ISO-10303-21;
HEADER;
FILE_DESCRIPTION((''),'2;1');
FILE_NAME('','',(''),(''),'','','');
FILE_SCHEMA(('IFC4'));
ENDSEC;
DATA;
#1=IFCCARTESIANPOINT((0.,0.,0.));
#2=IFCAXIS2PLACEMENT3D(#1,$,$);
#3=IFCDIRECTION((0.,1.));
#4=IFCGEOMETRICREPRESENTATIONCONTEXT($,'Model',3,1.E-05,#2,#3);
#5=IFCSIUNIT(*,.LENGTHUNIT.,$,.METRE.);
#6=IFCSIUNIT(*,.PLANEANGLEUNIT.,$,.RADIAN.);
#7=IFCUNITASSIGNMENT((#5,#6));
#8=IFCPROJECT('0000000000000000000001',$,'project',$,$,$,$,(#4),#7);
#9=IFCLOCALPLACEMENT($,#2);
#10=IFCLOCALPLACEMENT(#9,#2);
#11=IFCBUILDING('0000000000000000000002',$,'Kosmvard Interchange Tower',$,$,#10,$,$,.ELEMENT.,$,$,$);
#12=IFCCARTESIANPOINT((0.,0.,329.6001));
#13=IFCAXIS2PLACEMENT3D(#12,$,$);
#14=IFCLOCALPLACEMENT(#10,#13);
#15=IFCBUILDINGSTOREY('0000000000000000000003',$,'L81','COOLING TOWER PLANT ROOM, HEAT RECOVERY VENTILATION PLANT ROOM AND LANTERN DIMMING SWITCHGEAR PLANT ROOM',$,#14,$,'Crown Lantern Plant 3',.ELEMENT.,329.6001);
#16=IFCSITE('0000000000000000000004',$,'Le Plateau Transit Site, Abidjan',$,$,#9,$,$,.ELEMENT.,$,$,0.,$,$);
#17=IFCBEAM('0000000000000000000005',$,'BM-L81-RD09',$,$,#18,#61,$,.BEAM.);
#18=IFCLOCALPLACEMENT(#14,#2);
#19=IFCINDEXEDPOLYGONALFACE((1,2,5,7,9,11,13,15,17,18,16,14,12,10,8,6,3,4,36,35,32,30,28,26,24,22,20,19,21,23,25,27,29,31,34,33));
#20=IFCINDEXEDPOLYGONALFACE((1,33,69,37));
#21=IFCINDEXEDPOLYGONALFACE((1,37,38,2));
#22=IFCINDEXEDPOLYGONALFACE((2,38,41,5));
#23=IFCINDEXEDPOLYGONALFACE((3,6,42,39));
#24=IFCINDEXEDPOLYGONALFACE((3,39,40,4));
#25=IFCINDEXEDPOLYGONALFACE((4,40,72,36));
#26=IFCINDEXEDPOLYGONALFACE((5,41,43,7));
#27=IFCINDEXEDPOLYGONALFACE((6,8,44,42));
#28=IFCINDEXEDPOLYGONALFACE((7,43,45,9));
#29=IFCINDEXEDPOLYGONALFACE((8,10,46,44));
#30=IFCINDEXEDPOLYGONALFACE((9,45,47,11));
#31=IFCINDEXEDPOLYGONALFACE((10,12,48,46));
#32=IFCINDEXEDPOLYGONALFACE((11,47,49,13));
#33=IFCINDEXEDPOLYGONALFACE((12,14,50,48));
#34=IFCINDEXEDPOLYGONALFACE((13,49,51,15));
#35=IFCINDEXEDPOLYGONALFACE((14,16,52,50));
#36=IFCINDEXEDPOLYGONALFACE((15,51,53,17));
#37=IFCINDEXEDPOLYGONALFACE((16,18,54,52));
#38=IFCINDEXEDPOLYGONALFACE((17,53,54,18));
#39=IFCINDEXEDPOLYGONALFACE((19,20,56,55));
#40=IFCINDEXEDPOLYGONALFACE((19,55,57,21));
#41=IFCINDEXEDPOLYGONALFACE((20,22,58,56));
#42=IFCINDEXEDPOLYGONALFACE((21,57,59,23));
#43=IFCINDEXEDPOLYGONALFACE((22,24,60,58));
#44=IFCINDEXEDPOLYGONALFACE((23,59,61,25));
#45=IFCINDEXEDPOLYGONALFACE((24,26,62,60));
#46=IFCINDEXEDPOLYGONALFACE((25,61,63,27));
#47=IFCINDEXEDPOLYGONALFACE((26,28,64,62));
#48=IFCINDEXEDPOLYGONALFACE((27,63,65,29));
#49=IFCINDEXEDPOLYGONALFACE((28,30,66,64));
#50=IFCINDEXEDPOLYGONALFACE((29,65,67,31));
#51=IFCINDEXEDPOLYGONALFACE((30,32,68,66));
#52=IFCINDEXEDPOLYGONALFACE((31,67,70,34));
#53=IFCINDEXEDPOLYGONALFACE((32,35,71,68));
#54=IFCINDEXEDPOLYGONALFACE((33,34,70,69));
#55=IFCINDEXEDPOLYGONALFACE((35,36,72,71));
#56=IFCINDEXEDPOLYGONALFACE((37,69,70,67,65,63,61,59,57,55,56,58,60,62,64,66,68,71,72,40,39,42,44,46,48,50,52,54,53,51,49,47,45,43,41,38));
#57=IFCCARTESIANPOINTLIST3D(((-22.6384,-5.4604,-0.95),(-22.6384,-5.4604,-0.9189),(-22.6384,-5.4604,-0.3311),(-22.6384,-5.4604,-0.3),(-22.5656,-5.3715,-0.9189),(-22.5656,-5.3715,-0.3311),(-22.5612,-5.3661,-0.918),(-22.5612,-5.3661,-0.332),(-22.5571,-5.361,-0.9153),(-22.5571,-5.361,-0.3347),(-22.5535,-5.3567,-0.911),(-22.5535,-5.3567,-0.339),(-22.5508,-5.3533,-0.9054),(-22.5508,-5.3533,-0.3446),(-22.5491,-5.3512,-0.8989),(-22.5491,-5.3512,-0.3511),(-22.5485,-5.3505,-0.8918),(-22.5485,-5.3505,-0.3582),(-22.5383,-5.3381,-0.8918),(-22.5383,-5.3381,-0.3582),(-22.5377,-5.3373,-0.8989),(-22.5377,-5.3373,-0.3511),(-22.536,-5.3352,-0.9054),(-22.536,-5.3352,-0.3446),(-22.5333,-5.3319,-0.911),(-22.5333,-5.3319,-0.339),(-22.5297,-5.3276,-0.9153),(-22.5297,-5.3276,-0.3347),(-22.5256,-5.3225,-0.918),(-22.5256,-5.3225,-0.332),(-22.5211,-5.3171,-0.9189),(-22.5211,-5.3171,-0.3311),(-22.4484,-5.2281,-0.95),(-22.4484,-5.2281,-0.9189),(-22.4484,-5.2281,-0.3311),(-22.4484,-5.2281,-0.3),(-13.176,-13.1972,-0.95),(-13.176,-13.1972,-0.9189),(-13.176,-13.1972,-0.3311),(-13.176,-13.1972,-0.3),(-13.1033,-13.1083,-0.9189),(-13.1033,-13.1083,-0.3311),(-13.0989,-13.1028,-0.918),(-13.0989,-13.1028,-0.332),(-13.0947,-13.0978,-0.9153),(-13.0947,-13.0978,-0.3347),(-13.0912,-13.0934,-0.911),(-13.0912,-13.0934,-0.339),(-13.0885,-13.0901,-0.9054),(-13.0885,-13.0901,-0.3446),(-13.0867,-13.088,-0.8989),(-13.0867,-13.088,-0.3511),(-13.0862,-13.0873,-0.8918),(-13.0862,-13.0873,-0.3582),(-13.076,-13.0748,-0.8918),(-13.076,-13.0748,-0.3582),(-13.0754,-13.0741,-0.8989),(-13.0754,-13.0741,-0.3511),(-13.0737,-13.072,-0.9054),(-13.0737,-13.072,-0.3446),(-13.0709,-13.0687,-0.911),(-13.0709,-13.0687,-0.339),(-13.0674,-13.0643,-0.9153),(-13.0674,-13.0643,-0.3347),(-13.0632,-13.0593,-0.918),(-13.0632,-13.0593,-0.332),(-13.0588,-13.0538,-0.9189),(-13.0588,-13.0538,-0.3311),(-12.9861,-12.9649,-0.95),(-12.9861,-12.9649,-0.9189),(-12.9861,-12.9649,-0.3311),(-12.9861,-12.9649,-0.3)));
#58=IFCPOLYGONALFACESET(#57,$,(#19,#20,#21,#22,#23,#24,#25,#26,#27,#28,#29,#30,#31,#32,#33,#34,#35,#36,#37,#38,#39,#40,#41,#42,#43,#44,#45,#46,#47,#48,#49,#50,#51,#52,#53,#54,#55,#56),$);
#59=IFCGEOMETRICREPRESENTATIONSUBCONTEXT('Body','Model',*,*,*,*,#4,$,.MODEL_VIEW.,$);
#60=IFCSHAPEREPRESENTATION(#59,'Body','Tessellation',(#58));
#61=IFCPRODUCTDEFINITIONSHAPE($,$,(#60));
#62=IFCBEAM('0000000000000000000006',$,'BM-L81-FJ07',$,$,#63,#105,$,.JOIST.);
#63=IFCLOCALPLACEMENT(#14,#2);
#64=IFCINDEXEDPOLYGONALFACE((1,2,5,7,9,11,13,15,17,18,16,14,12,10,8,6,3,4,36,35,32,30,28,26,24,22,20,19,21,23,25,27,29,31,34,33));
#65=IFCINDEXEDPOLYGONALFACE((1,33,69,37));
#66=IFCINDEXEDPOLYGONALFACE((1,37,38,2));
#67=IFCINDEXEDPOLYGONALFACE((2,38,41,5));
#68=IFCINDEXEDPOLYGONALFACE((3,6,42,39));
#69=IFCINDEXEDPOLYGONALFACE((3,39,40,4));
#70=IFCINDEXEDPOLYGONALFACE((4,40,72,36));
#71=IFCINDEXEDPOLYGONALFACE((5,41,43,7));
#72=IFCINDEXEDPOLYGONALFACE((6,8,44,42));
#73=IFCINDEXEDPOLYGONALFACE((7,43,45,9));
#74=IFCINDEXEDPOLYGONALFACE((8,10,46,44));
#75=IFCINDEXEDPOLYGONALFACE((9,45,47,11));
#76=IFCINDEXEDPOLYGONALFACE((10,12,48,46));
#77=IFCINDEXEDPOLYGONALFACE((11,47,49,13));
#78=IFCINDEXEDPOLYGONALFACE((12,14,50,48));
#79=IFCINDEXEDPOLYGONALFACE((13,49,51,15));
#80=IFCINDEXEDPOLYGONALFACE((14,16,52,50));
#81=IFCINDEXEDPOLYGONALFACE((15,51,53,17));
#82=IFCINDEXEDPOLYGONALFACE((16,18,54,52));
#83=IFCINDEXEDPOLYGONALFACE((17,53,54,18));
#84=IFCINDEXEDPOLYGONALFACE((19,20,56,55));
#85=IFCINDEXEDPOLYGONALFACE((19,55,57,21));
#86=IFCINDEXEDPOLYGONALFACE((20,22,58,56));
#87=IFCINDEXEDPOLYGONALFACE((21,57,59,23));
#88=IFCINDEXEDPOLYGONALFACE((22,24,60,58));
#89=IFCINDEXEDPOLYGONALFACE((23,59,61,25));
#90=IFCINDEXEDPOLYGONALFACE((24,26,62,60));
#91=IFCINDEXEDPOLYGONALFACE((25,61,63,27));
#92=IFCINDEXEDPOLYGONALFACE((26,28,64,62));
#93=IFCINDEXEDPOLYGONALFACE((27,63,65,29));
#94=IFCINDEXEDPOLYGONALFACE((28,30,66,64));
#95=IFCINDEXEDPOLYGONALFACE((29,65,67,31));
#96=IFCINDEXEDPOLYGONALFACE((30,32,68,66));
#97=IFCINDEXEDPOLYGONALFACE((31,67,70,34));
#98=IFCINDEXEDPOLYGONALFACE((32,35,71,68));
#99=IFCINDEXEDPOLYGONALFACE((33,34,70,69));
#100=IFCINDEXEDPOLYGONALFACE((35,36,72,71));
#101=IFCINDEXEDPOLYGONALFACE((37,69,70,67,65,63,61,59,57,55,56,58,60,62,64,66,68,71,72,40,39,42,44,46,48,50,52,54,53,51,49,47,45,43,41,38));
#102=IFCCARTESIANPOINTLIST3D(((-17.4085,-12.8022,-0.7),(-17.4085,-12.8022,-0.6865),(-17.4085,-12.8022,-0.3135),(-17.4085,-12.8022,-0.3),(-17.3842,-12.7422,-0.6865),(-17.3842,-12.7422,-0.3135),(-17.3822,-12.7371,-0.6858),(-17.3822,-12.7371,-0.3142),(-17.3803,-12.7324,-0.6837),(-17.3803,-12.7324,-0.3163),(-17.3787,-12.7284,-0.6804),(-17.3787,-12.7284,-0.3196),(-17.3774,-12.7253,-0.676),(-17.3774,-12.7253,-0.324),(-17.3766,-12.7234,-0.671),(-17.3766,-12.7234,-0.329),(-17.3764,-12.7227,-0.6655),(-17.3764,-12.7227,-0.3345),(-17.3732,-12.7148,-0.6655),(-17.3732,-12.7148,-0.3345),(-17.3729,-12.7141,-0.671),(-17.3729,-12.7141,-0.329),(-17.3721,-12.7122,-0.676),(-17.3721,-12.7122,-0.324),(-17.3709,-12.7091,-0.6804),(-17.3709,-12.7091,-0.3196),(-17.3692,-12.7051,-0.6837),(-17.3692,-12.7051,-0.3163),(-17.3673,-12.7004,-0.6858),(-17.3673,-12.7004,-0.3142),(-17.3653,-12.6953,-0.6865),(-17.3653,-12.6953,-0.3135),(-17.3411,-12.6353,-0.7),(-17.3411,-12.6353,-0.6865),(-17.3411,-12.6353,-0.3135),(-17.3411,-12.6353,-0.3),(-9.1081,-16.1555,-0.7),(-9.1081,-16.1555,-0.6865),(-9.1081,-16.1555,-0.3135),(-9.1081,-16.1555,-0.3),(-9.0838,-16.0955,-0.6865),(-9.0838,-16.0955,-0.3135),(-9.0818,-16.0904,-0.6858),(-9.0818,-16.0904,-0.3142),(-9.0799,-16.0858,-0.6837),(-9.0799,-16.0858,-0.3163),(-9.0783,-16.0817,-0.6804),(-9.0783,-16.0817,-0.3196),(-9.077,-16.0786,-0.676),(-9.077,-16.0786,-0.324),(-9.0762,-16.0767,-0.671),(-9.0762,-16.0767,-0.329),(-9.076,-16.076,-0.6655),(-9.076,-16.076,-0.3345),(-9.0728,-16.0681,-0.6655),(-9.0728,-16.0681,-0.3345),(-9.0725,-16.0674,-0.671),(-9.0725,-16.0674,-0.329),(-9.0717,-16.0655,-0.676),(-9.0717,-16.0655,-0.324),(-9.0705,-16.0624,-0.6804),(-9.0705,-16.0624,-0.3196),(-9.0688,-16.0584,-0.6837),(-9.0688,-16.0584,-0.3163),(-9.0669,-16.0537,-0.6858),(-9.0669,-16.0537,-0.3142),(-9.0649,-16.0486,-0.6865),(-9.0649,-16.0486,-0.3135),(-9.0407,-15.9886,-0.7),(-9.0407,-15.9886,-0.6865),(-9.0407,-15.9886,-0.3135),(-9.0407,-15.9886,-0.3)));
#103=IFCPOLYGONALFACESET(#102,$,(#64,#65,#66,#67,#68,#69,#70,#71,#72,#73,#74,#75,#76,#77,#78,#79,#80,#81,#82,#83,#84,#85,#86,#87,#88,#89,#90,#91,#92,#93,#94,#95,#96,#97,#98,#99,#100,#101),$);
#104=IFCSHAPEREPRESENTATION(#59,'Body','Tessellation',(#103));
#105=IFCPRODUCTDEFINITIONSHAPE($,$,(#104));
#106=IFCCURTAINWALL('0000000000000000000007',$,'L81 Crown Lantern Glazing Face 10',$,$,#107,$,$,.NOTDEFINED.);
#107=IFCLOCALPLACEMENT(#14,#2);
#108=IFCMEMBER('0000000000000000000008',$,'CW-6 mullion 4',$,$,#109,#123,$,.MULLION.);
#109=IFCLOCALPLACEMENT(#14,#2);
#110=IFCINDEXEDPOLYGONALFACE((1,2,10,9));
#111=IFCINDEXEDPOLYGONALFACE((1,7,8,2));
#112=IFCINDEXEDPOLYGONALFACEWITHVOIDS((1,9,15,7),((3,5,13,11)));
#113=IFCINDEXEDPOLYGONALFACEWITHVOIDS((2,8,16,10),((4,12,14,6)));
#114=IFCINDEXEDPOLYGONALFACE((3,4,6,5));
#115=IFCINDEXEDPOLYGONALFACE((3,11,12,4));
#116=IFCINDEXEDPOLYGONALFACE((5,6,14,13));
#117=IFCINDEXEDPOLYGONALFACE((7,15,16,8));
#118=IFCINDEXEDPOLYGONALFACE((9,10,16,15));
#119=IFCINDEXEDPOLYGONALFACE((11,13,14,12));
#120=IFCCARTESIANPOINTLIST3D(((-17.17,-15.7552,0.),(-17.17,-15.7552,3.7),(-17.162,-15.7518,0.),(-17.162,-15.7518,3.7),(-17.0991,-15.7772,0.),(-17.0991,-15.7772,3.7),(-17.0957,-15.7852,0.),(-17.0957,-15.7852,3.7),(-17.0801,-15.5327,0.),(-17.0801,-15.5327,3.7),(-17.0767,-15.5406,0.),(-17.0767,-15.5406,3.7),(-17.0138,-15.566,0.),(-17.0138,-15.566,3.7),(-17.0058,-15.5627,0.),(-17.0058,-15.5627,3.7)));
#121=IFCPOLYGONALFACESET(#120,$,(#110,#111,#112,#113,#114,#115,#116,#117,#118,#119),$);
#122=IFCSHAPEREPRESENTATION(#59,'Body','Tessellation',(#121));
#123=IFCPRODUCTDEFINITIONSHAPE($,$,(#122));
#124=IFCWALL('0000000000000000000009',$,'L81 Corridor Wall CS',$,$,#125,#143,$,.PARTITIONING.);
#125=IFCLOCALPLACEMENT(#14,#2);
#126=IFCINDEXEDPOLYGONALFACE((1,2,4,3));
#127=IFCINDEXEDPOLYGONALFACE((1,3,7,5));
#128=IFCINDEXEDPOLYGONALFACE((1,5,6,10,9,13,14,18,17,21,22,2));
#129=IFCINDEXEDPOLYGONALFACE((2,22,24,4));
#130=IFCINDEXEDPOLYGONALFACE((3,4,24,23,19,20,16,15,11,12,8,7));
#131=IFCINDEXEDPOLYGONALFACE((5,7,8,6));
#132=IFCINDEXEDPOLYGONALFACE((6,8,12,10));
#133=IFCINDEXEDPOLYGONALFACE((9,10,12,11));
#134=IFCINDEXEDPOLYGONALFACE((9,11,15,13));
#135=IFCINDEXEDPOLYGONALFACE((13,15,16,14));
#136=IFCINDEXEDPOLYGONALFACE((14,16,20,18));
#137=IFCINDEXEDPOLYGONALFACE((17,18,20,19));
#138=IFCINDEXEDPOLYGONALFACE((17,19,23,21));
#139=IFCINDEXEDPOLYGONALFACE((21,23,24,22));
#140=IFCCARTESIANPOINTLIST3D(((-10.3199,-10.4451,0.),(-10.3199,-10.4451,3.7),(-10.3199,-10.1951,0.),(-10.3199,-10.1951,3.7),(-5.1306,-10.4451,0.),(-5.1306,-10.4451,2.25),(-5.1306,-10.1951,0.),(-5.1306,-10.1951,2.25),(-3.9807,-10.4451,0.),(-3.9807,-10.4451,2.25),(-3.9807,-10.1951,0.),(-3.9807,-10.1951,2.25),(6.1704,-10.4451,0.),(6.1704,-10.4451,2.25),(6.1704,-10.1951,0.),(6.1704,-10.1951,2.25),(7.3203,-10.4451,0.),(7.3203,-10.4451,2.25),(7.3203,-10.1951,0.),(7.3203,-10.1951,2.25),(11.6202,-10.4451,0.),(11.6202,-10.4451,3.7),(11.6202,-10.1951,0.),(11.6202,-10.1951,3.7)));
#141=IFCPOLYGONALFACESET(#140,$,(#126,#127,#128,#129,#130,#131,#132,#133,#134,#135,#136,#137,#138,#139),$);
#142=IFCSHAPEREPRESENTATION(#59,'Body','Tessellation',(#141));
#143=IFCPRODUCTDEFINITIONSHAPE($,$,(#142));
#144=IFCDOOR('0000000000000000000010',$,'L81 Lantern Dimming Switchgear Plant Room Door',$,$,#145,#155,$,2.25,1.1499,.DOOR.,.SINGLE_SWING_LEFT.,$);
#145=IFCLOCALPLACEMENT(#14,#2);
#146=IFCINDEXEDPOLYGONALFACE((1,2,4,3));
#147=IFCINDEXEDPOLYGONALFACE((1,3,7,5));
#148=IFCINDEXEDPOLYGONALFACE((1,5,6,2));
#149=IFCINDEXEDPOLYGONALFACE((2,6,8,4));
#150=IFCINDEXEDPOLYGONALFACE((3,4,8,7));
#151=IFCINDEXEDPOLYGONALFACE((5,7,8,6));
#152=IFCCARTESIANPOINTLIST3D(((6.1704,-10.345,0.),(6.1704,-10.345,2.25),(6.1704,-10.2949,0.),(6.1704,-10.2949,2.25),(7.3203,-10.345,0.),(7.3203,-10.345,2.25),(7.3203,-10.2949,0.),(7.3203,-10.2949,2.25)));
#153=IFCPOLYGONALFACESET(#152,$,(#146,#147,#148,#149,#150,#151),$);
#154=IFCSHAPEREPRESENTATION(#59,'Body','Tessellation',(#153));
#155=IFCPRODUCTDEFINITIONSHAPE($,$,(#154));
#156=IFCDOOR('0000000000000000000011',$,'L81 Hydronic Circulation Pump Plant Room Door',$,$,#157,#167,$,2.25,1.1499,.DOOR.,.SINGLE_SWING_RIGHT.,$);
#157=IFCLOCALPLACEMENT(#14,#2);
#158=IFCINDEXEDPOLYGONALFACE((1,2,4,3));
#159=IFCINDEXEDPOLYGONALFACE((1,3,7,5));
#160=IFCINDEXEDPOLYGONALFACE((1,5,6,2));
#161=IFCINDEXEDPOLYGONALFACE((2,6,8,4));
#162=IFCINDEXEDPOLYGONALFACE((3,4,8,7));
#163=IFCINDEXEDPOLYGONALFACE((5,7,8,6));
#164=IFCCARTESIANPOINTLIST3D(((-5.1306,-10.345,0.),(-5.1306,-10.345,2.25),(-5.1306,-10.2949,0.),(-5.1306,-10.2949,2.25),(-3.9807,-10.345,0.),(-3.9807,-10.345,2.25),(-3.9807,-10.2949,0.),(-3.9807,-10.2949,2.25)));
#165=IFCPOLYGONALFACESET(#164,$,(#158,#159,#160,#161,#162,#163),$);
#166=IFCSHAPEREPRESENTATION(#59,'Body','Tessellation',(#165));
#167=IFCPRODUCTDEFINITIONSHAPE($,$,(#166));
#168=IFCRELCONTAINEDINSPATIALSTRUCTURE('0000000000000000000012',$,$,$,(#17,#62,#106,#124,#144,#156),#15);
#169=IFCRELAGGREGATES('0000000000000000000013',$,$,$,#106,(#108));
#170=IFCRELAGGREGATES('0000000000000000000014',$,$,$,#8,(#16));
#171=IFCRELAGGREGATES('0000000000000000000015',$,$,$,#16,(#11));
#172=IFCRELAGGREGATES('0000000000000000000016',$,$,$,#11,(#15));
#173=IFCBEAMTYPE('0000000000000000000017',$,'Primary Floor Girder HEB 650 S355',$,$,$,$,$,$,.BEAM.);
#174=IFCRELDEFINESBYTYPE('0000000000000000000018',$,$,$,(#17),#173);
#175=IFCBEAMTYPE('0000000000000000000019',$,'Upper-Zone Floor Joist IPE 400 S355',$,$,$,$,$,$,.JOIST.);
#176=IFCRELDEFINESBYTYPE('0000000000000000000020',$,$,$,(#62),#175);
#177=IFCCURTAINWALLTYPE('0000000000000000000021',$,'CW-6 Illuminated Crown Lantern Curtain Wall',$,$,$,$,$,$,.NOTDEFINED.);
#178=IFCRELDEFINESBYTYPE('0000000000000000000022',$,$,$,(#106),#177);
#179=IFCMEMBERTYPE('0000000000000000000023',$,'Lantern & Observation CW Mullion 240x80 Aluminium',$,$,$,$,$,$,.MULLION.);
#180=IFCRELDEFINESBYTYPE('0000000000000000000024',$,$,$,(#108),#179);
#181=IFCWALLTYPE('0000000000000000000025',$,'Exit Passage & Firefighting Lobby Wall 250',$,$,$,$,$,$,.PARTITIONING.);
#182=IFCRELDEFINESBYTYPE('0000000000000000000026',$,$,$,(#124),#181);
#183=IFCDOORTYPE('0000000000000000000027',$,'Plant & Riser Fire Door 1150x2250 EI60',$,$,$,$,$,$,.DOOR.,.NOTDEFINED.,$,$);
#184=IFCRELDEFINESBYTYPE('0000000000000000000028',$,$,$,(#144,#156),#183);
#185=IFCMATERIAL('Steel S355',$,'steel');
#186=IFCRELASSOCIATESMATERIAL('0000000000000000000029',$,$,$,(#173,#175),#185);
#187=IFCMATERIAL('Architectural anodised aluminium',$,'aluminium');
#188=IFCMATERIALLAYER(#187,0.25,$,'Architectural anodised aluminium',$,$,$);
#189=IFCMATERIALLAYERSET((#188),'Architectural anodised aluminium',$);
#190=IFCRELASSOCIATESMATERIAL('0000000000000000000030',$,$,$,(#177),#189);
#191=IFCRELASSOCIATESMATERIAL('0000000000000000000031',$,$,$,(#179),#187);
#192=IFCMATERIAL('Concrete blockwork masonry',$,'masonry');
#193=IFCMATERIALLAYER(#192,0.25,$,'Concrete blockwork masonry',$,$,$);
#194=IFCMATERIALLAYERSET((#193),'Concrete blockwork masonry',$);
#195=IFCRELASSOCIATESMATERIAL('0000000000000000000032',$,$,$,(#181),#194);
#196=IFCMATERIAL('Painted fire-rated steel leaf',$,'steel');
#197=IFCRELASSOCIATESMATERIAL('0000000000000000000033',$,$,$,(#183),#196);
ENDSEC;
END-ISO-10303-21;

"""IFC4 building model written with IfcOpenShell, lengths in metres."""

from ifc_helpers import new_model, si_unit, direction, frame, frame_2d, origin, origin_2d, place, context, subcontext, project, spatial, rectangle, hollow_rectangle, i_section, extrude, source, transform, mapped, material, layer, layer_set, material_profile, profile_set, type_object, element, fill, aggregate, save


model = new_model("IFC4")

# Units and contexts
model_context = context("Model", 3, precision=1e-05, world=origin(), true_north=direction((0.0, 1.0)))
body_context = subcontext(model_context, "Body", "Model", "MODEL_VIEW")
ifc_project = project(units=[si_unit("LENGTHUNIT", "METRE"), si_unit("PLANEANGLEUNIT", "RADIAN")], contexts=[model_context])

# Site, building, storey
site_placement = place(None, origin())
site = spatial("IfcSite", under=ifc_project, at=site_placement, Name="Le Plateau Transit Site, Abidjan", CompositionType="ELEMENT", RefElevation=0.0)
building_placement = place(site_placement, origin())
building = spatial("IfcBuilding", under=site, at=building_placement, Name="Kosmvard Interchange Tower", CompositionType="ELEMENT")
storey_placement = place(building_placement, frame((0.0, 0.0, 329.6001)))
storey = spatial("IfcBuildingStorey", under=building, at=storey_placement, Name="L81", Description="COOLING TOWER PLANT ROOM, HEAT RECOVERY VENTILATION PLANT ROOM AND LANTERN DIMMING SWITCHGEAR PLANT ROOM", LongName="Crown Lantern Plant 3", CompositionType="ELEMENT", Elevation=329.6001)

# Beams
ifc_material_1 = material(Name="Steel S355", Category="steel")
ifc_material_profile_1 = material_profile(ifc_material_1, i_section(OverallWidth=0.3, OverallDepth=0.6499, WebThickness=0.0161, FlangeThickness=0.031, FilletRadius=0.0271, at=origin_2d()), Name="HEB 650")
ifc_profile_set_1 = profile_set([ifc_material_profile_1], Name="Steel S355")
beam_type_1 = type_object("IfcBeamType", Name="Primary Floor Girder HEB 650 S355", PredefinedType="BEAM", material=ifc_profile_set_1)
shared_shape_1 = source(origin(), body_context, "Body", "SweptSolid", [
    extrude(i_section(OverallWidth=0.3, OverallDepth=0.6499, WebThickness=0.0161, FlangeThickness=0.031, FilletRadius=0.0271, at=origin_2d()), origin(), (0.0, 0.0, 1.0), 12.2227),
])
beam_1_placement = place(storey_placement, frame((-13.0811, -13.0811, -0.625), z_axis=(-0.774164, 0.632985, 0.0), x_axis=(-0.632985, -0.774164, 0.0)))
element("IfcBeam", 1, at=beam_1_placement, inside=storey, type_object=beam_type_1, Name="BM-L81-RD09", PredefinedType="BEAM", context=body_context, shape_type="MappedRepresentation", body=[
    mapped(shared_shape_1, transform((0.0, 0.0, 0.0), scale=1.0)),
])
ifc_material_profile_2 = material_profile(ifc_material_1, i_section(OverallWidth=0.1799, OverallDepth=0.3999, WebThickness=0.0085, FlangeThickness=0.0134, FilletRadius=0.021, at=origin_2d()), Name="IPE 400")
ifc_profile_set_2 = profile_set([ifc_material_profile_2], Name="Steel S355")
beam_type_2 = type_object("IfcBeamType", Name="Upper-Zone Floor Joist IPE 400 S355", PredefinedType="JOIST", material=ifc_profile_set_2)
shared_shape_2 = source(origin(), body_context, "Body", "SweptSolid", [
    extrude(i_section(OverallWidth=0.1799, OverallDepth=0.3999, WebThickness=0.0085, FlangeThickness=0.0134, FilletRadius=0.021, at=origin_2d()), origin(), (0.0, 0.0, 1.0), 8.9521),
])
beam_2_placement = place(storey_placement, frame((-17.3748, -12.7188, -0.5), z_axis=(0.927194, -0.374581, 0.0), x_axis=(0.374581, 0.927194, 0.0)))
element("IfcBeam", 2, at=beam_2_placement, inside=storey, type_object=beam_type_2, Name="BM-L81-FJ07", PredefinedType="JOIST", context=body_context, shape_type="MappedRepresentation", body=[
    mapped(shared_shape_2, transform((0.0, 0.0, 0.0), scale=1.0)),
])

# Curtain wall, member
ifc_material_2 = material(Name="Architectural anodised aluminium", Category="aluminium")
ifc_layer_1 = layer(ifc_material_2, 0.25, Name="Architectural anodised aluminium")
ifc_layer_set_1 = layer_set([ifc_layer_1], Name="Architectural anodised aluminium")
curtain_wall_type = type_object("IfcCurtainWallType", Name="CW-6 Illuminated Crown Lantern Curtain Wall", PredefinedType="NOTDEFINED", material=ifc_layer_set_1)
curtain_wall_placement = place(storey_placement, origin())
curtain_wall = element("IfcCurtainWall", 3, at=curtain_wall_placement, inside=storey, type_object=curtain_wall_type, Name="L81 Crown Lantern Glazing Face 10", PredefinedType="NOTDEFINED")
ifc_material_profile_3 = material_profile(ifc_material_2, hollow_rectangle(XDim=0.24, YDim=0.0801, WallThickness=0.0061, at=origin_2d()), Name="CWM 240x80x6")
ifc_profile_set_3 = profile_set([ifc_material_profile_3], Name="Architectural anodised aluminium")
member_type = type_object("IfcMemberType", Name="Lantern & Observation CW Mullion 240x80 Aluminium", PredefinedType="MULLION", material=ifc_profile_set_3)
shared_shape_3 = source(origin(), body_context, "Body", "SweptSolid", [
    extrude(hollow_rectangle(XDim=0.24, YDim=0.0801, WallThickness=0.0061, at=origin_2d()), origin(), (0.0, 0.0, 1.0), 3.7),
])
member_placement = place(storey_placement, frame((-17.0879, -15.6589, 0.0), z_axis=(0.0, 0.0, 1.0), x_axis=(0.374607, 0.927184, 0.0)))
member = element("IfcMember", 4, at=member_placement, type_object=member_type, Name="CW-6 mullion 4", PredefinedType="MULLION", context=body_context, shape_type="MappedRepresentation", body=[
    mapped(shared_shape_3, transform((0.0, 0.0, 0.0), scale=1.0)),
])
aggregate(curtain_wall, [member])

# Wall, openings, doors
ifc_material_3 = material(Name="Concrete blockwork masonry", Category="masonry")
ifc_layer_2 = layer(ifc_material_3, 0.25, Name="Concrete blockwork masonry")
ifc_layer_set_2 = layer_set([ifc_layer_2], Name="Concrete blockwork masonry")
wall_type_1 = type_object("IfcWallType", Name="Exit Passage & Firefighting Lobby Wall 250", PredefinedType="PARTITIONING", material=ifc_layer_set_2)
wall_1_placement = place(storey_placement, frame((-10.3201, -10.3201, 0.0), z_axis=(0.0, 0.0, 1.0), x_axis=(1.0, 0.0, 0.0)))
wall_1 = element("IfcWall", 5, at=wall_1_placement, inside=storey, type_object=wall_type_1, Name="L81 Corridor Wall CS", PredefinedType="PARTITIONING", context=body_context, shape_type="SweptSolid", body=[
    extrude(rectangle(XDim=21.9402, YDim=0.25, at=frame_2d((10.9702, 0.0))), origin(), (0.0, 0.0, 1.0), 3.7),
])
opening_1_placement = place(wall_1_placement, frame((16.4905, 0.0, 0.0)))
opening_1 = element("IfcOpeningElement", 6, at=opening_1_placement, cuts=wall_1, PredefinedType="OPENING", context=body_context, shape_type="SweptSolid", body=[
    extrude(rectangle(XDim=1.1499, YDim=2.25, at=frame_2d((0.575, 1.125))), frame((0.0, 0.135, 0.0), z_axis=(0.0, -1.0, 0.0), x_axis=(1.0, 0.0, 0.0)), (0.0, 0.0, 1.0), 0.27),
])
opening_2_placement = place(wall_1_placement, frame((5.1895, 0.0, 0.0)))
opening_2 = element("IfcOpeningElement", 7, at=opening_2_placement, cuts=wall_1, PredefinedType="OPENING", context=body_context, shape_type="SweptSolid", body=[
    extrude(rectangle(XDim=1.1499, YDim=2.25, at=frame_2d((0.575, 1.125))), frame((0.0, 0.135, 0.0), z_axis=(0.0, -1.0, 0.0), x_axis=(1.0, 0.0, 0.0)), (0.0, 0.0, 1.0), 0.27),
])
ifc_material_4 = material(Name="Painted fire-rated steel leaf", Category="steel")
door_type = type_object("IfcDoorType", Name="Plant & Riser Fire Door 1150x2250 EI60", OperationType="NOTDEFINED", PredefinedType="DOOR", material=ifc_material_4)
shared_shape_4 = source(origin(), body_context, "Body", "SweptSolid", [
    extrude(rectangle(XDim=1.1499, YDim=2.25, at=frame_2d((0.575, 1.125))), frame((0.0, 0.0249, 0.0), z_axis=(0.0, -1.0, 0.0), x_axis=(1.0, 0.0, 0.0)), (0.0, 0.0, 1.0), 0.05),
])
door_1_placement = place(opening_1_placement, frame((1.1499, 0.0, 0.0), z_axis=(0.0, 0.0, 1.0), x_axis=(-1.0, 0.0, 0.0)))
door_1 = element("IfcDoor", 8, at=door_1_placement, inside=storey, type_object=door_type, Name="L81 Lantern Dimming Switchgear Plant Room Door", OperationType="SINGLE_SWING_LEFT", OverallHeight=2.25, OverallWidth=1.1499, PredefinedType="DOOR", context=body_context, shape_type="MappedRepresentation", body=[
    mapped(shared_shape_4, transform((0.0, 0.0, 0.0), scale=1.0)),
])
fill(opening_1, door_1)
door_2_placement = place(opening_2_placement, frame((1.1499, 0.0, 0.0), z_axis=(0.0, 0.0, 1.0), x_axis=(-1.0, 0.0, 0.0)))
door_2 = element("IfcDoor", 9, at=door_2_placement, inside=storey, type_object=door_type, Name="L81 Hydronic Circulation Pump Plant Room Door", OperationType="SINGLE_SWING_RIGHT", OverallHeight=2.25, OverallWidth=1.1499, PredefinedType="DOOR", context=body_context, shape_type="MappedRepresentation", body=[
    mapped(shared_shape_4, transform((0.0, 0.0, 0.0), scale=1.0)),
])
fill(opening_2, door_2)

save(model, "model.ifc")
